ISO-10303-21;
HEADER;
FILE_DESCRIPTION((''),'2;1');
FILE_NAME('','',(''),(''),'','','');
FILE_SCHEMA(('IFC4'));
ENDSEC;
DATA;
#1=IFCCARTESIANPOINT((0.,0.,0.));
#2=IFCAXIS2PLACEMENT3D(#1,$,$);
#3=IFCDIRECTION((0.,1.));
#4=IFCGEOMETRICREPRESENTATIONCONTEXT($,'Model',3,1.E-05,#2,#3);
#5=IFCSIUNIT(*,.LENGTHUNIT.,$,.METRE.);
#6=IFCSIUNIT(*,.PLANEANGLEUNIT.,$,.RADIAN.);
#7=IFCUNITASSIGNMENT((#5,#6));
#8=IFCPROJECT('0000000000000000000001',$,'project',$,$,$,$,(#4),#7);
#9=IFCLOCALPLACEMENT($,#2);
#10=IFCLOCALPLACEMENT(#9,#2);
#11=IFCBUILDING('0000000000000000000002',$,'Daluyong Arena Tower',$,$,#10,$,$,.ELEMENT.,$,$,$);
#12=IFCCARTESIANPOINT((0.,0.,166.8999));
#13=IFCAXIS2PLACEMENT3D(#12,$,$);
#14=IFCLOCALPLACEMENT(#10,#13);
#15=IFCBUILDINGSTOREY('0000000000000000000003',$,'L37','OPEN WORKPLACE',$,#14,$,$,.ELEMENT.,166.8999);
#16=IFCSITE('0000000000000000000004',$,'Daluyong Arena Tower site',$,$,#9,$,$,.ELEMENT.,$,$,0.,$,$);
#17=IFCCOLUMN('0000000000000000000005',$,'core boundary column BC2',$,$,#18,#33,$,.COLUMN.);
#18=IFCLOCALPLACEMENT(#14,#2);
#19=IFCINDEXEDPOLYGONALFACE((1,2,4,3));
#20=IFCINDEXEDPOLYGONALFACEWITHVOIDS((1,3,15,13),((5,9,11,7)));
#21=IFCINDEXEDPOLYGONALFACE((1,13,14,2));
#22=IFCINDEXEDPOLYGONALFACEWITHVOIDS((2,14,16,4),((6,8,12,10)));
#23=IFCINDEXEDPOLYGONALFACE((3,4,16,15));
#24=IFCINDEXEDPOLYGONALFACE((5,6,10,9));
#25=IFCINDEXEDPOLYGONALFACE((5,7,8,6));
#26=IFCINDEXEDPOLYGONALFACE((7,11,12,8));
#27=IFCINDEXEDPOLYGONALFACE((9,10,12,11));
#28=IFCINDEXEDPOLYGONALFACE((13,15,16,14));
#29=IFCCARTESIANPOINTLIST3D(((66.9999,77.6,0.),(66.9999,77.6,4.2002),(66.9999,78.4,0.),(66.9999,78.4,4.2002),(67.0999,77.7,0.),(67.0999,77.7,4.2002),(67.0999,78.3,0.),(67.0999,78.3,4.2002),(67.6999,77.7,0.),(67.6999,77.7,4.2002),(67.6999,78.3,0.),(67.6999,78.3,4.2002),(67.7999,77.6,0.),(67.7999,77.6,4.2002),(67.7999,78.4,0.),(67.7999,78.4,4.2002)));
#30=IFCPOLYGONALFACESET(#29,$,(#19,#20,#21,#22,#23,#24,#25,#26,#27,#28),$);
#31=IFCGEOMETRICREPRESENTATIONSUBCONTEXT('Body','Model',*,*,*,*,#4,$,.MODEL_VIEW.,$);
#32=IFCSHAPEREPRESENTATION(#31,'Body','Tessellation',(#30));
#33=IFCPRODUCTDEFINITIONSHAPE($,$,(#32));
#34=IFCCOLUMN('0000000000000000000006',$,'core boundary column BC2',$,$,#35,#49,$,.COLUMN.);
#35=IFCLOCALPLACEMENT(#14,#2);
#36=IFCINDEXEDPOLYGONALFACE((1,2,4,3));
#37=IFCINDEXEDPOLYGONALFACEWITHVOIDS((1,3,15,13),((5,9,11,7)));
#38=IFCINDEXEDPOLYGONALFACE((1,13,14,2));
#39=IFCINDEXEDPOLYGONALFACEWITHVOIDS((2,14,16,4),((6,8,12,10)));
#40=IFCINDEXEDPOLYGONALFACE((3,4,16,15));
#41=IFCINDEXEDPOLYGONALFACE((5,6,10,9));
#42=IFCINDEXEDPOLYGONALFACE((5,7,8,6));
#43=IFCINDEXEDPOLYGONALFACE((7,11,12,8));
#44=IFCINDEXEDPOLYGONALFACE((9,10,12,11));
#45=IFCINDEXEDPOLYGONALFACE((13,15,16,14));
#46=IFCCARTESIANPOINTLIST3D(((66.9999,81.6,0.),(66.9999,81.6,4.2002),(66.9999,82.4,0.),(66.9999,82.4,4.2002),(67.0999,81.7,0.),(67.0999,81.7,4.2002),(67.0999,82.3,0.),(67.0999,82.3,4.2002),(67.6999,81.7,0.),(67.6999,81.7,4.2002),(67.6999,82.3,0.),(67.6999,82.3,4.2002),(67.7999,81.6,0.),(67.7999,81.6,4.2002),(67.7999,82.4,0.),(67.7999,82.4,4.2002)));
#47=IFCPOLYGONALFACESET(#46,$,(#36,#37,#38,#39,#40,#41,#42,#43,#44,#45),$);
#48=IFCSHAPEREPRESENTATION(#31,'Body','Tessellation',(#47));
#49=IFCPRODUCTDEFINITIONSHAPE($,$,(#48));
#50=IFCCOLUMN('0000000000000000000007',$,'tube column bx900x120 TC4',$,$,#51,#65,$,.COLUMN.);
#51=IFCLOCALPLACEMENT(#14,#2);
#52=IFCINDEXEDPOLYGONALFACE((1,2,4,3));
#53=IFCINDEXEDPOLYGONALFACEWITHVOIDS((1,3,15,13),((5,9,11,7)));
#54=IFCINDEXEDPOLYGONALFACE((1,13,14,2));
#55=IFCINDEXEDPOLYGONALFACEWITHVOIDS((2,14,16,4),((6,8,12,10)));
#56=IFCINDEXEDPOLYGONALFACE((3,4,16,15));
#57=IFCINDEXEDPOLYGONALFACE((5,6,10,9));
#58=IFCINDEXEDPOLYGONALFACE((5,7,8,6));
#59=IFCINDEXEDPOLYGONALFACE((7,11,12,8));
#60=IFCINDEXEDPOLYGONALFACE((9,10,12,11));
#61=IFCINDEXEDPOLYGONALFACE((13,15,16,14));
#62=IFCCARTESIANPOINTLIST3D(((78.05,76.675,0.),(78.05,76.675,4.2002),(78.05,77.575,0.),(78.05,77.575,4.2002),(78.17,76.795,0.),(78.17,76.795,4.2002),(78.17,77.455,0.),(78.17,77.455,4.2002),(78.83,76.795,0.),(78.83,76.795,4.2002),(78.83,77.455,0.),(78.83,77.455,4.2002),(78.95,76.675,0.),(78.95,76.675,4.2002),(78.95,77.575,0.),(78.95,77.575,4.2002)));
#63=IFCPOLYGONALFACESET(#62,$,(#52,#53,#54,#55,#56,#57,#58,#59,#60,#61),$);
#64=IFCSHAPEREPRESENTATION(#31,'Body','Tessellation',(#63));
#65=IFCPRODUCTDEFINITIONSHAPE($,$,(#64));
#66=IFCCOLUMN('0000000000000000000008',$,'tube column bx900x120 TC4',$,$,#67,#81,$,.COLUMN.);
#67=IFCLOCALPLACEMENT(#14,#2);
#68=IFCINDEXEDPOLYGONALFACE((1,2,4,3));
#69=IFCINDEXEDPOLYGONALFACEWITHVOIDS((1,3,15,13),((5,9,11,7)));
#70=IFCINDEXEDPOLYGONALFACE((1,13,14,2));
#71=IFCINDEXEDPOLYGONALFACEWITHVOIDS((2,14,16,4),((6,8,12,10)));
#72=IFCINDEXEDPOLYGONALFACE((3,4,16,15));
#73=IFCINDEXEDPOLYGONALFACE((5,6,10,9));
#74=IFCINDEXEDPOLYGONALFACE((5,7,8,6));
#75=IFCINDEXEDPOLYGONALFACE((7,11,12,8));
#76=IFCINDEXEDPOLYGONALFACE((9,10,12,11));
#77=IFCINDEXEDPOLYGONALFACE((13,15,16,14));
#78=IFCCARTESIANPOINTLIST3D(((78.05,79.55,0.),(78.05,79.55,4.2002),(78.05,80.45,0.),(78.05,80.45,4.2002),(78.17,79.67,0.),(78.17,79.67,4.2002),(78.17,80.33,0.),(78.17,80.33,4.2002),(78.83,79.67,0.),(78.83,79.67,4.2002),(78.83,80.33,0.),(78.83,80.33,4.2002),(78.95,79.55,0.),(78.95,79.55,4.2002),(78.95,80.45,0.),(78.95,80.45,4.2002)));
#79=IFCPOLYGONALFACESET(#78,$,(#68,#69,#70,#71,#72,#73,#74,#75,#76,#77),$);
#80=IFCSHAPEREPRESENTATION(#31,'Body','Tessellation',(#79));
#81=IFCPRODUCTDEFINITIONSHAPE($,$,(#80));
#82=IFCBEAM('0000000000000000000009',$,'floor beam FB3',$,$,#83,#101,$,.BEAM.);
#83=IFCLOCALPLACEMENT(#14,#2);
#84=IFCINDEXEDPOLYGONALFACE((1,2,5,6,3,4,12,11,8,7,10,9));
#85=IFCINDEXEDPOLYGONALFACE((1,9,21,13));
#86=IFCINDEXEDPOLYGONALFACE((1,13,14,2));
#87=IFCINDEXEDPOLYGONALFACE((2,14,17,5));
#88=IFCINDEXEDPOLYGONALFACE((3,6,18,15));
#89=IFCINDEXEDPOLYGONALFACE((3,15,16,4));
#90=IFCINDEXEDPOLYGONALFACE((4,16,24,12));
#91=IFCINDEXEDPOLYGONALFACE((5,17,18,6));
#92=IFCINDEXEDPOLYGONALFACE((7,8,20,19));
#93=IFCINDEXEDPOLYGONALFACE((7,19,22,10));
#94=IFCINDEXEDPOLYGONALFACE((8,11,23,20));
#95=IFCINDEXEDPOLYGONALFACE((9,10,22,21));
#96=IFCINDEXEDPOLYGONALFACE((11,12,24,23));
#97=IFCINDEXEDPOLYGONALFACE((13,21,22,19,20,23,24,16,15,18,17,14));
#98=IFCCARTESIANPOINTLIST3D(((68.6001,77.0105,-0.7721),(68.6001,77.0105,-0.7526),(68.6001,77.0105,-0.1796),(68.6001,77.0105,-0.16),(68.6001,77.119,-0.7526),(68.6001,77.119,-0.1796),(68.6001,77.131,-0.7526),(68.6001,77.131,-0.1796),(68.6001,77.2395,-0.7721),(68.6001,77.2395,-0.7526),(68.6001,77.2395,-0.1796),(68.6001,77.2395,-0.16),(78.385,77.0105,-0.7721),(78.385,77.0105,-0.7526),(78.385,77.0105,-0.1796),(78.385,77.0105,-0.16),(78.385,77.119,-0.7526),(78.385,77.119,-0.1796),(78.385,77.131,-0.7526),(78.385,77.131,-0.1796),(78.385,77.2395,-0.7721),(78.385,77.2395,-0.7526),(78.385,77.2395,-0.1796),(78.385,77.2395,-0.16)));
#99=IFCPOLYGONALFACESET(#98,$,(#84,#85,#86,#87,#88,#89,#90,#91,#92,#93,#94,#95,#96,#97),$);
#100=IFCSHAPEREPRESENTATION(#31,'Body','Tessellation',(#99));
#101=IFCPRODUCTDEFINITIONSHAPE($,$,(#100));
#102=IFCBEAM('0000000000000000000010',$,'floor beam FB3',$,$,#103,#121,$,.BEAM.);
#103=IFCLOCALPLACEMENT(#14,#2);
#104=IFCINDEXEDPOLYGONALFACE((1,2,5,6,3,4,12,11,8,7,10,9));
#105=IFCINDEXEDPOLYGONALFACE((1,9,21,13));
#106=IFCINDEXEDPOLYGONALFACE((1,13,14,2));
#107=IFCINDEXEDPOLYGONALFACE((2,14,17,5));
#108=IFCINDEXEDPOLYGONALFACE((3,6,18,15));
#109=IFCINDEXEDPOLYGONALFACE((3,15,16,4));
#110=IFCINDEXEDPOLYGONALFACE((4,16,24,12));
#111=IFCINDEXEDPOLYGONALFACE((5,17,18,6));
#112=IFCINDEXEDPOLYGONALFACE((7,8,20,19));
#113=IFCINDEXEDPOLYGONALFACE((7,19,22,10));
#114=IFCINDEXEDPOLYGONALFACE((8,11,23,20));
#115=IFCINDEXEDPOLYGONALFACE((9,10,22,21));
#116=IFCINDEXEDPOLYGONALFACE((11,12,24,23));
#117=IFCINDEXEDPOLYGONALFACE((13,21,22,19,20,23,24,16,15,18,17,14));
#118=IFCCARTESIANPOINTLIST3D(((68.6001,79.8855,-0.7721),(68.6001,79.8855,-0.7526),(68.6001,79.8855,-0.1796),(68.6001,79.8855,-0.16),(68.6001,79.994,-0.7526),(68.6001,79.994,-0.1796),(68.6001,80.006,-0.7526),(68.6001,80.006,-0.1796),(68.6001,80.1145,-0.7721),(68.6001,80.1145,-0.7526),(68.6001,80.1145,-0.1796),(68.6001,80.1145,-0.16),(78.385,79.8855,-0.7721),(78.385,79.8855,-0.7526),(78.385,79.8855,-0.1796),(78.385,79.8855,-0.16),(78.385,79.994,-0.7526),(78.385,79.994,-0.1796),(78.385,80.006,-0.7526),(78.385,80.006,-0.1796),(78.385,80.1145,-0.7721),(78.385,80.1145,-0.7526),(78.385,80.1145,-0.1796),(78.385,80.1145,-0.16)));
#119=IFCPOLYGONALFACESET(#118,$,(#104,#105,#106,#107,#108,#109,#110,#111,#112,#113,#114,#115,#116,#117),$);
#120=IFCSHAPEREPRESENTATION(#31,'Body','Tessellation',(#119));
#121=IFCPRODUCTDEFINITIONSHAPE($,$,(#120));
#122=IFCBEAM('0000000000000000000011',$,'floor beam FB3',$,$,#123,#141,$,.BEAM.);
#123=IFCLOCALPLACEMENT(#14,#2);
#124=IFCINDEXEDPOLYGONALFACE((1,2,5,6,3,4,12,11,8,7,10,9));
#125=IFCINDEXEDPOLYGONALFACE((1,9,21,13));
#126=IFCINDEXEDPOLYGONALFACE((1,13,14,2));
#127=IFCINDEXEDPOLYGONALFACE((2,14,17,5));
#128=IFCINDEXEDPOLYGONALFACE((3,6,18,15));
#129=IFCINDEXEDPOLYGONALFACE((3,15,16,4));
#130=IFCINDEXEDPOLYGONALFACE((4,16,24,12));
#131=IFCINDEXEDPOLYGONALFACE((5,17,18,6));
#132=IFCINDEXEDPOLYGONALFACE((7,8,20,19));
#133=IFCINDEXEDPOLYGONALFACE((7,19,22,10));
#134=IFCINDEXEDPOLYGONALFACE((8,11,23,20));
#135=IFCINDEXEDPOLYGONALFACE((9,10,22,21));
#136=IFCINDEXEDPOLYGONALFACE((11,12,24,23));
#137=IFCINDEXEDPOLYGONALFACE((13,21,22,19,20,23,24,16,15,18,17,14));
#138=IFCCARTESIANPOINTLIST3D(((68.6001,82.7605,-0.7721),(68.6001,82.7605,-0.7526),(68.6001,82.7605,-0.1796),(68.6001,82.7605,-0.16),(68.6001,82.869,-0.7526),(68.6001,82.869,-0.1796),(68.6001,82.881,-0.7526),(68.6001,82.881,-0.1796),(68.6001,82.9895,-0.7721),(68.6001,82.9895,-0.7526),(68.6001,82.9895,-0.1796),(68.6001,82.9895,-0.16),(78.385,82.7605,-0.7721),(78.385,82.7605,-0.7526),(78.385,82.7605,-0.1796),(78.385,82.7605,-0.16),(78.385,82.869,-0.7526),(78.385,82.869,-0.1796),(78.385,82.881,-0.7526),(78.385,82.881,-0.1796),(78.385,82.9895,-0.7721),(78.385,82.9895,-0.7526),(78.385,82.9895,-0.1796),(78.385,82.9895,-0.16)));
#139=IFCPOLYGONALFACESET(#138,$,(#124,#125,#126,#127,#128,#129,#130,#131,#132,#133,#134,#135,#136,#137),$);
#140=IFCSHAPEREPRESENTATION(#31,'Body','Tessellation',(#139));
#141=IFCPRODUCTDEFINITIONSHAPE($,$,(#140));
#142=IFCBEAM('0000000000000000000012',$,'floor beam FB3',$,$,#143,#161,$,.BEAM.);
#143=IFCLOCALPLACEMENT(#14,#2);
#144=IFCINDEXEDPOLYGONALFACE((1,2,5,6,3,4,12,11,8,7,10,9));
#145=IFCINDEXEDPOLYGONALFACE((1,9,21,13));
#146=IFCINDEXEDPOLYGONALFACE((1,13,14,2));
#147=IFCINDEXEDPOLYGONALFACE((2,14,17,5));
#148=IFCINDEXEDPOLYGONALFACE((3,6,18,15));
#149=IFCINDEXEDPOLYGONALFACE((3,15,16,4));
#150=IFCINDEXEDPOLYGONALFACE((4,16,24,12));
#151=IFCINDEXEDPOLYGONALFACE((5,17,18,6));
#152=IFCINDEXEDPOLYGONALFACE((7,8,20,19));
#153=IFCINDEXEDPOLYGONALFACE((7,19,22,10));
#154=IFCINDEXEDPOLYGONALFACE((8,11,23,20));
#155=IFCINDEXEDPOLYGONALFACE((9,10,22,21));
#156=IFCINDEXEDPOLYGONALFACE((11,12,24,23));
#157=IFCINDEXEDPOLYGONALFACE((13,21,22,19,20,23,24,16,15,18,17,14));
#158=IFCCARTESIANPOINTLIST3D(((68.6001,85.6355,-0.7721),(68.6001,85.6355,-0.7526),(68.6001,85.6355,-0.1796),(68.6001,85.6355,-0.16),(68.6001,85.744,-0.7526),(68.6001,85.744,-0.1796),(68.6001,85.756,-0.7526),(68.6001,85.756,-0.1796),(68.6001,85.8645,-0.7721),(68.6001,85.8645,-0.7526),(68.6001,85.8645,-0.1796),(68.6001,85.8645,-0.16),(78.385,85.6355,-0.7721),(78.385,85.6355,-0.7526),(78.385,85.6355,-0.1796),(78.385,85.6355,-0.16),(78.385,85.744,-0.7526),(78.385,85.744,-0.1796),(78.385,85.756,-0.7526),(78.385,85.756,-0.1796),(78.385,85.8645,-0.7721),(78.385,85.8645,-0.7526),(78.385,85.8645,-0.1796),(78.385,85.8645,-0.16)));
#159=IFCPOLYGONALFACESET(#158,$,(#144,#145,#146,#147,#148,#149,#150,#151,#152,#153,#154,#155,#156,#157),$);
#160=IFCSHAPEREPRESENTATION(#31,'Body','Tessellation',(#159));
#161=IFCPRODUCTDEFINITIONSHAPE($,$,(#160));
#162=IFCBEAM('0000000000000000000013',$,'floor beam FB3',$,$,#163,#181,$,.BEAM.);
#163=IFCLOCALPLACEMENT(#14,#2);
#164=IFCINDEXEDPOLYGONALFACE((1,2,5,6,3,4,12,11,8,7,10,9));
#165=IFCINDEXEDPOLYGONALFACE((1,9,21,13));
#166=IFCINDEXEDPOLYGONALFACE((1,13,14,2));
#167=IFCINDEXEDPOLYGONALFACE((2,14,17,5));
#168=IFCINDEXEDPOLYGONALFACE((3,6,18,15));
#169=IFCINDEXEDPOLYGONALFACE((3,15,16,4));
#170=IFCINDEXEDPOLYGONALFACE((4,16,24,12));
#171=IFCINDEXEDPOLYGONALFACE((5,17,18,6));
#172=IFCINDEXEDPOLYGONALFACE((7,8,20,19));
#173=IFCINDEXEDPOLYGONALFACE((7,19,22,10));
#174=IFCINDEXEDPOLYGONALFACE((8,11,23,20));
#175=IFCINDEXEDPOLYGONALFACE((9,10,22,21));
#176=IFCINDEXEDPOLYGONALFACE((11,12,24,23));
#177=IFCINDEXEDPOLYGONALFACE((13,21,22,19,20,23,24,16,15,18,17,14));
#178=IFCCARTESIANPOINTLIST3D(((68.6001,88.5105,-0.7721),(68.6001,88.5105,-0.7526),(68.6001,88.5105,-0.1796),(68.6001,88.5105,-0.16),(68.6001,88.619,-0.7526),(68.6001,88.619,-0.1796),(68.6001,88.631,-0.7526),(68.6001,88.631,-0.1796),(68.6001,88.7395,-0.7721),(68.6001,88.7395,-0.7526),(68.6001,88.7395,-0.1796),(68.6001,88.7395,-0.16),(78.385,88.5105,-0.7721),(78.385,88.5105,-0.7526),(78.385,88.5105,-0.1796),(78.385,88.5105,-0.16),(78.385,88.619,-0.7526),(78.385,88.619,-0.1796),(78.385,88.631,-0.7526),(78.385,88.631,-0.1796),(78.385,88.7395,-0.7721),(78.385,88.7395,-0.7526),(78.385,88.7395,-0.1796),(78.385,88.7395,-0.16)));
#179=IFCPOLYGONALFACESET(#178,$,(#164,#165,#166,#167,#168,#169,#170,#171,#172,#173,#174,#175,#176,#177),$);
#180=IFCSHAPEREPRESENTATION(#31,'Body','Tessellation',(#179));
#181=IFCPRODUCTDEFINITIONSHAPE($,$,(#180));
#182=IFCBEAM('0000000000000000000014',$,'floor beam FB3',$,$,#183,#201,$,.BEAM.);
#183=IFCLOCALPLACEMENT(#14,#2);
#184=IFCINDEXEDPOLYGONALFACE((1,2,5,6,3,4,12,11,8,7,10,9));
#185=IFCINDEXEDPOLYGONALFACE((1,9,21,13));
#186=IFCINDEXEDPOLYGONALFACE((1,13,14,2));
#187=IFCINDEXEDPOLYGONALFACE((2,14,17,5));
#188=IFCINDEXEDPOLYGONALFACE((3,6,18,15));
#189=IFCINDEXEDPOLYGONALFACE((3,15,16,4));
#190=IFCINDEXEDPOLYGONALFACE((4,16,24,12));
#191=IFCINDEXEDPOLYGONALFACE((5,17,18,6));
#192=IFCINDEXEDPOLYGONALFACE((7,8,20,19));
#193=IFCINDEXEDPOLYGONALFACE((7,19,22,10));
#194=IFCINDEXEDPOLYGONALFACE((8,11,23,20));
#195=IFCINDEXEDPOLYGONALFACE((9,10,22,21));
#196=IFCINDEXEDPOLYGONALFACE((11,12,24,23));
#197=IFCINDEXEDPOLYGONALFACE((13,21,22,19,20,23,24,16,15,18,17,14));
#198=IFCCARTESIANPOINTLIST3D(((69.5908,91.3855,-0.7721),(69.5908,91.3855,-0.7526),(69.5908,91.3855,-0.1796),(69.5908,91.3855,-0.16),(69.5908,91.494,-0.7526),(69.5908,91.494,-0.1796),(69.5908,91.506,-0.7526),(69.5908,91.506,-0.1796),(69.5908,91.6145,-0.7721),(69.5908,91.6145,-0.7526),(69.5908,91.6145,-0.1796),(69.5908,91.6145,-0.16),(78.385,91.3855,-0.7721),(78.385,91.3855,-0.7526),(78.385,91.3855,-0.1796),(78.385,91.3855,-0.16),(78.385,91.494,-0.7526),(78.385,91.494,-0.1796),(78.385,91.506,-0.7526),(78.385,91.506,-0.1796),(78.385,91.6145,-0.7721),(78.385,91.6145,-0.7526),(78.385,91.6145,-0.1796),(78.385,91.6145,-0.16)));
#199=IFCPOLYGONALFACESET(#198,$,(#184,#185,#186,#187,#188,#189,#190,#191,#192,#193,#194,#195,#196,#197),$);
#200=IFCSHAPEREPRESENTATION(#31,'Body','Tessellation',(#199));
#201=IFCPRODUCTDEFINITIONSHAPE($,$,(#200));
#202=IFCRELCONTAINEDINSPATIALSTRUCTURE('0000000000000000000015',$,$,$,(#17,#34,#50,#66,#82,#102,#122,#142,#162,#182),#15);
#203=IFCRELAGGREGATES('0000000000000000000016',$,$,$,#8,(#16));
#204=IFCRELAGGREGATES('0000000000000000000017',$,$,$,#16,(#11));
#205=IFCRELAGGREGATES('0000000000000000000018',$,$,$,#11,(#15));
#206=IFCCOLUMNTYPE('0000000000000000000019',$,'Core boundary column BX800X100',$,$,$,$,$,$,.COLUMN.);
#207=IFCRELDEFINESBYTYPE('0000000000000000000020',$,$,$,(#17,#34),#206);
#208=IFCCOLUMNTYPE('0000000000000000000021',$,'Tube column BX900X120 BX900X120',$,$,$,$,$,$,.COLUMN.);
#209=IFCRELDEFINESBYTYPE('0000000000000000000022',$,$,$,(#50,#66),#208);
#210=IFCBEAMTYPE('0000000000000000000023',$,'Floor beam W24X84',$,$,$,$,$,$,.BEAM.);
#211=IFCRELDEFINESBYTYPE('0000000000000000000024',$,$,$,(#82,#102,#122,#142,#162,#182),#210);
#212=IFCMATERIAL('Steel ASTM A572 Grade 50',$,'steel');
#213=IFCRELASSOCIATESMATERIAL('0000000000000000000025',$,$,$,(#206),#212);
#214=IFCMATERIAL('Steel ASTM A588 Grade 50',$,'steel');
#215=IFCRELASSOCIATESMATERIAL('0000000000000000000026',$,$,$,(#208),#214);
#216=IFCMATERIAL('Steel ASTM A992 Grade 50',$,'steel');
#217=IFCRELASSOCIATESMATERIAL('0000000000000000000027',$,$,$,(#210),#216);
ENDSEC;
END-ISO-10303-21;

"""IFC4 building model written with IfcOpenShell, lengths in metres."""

from ifc_helpers import new_model, si_unit, direction, frame, origin, origin_2d, place, context, subcontext, project, spatial, hollow_rectangle, i_section, extrude, material, material_profile, profile_set, type_object, element, save


model = new_model("IFC4")

# Units and contexts
model_context = context("Model", 3, precision=1e-05, world=origin(), true_north=direction((0.0, 1.0)))
body_context = subcontext(model_context, "Body", "Model", "MODEL_VIEW")
ifc_project = project(units=[si_unit("LENGTHUNIT", "METRE"), si_unit("PLANEANGLEUNIT", "RADIAN")], contexts=[model_context])

# Site, building, storey
site_placement = place(None, origin())
site = spatial("IfcSite", under=ifc_project, at=site_placement, Name="Daluyong Arena Tower site", CompositionType="ELEMENT", RefElevation=0.0)
building_placement = place(site_placement, origin())
building = spatial("IfcBuilding", under=site, at=building_placement, Name="Daluyong Arena Tower", CompositionType="ELEMENT")
storey_placement = place(building_placement, frame((0.0, 0.0, 166.8999)))
storey = spatial("IfcBuildingStorey", under=building, at=storey_placement, Name="L37", Description="OPEN WORKPLACE", CompositionType="ELEMENT", Elevation=166.8999)

# Columns
ifc_material_1 = material(Name="Steel ASTM A572 Grade 50", Category="steel")
ifc_material_profile_1 = material_profile(ifc_material_1, hollow_rectangle(XDim=0.8, YDim=0.8, WallThickness=0.1, at=origin_2d()))
ifc_profile_set_1 = profile_set([ifc_material_profile_1], Name="Steel ASTM A572 Grade 50")
column_type_1 = type_object("IfcColumnType", Name="Core boundary column BX800X100", PredefinedType="COLUMN", material=ifc_profile_set_1)
for number, where, z_axis, x_axis, name in (
    (1, (67.3999, 78.0, 0.0), (0.0, 0.0, 1.0), (1.0, 0.0, 0.0), "core boundary column BC2"),
    (2, (67.3999, 82.0, 0.0), (0.0, 0.0, 1.0), (1.0, 0.0, 0.0), "core boundary column BC2"),
):
    element("IfcColumn", number, at=place(storey_placement, frame(where, z_axis=z_axis, x_axis=x_axis)), inside=storey, type_object=column_type_1, Name=name, PredefinedType="COLUMN", context=body_context, shape_type="SweptSolid", body=[
        extrude(hollow_rectangle(XDim=0.8, YDim=0.8, WallThickness=0.1, at=origin_2d()), origin(), (0.0, 0.0, 1.0), 4.2002),
    ])
ifc_material_2 = material(Name="Steel ASTM A588 Grade 50", Category="steel")
ifc_material_profile_2 = material_profile(ifc_material_2, hollow_rectangle(XDim=0.8999, YDim=0.8999, WallThickness=0.12, at=origin_2d()))
ifc_profile_set_2 = profile_set([ifc_material_profile_2], Name="Steel ASTM A588 Grade 50")
column_type_2 = type_object("IfcColumnType", Name="Tube column BX900X120 BX900X120", PredefinedType="COLUMN", material=ifc_profile_set_2)
for number, where, z_axis, x_axis, name in (
    (3, (78.5, 77.125, 0.0), (0.0, 0.0, 1.0), (0.0, 1.0, 0.0), "tube column bx900x120 TC4"),
    (4, (78.5, 80.0, 0.0), (0.0, 0.0, 1.0), (0.0, 1.0, 0.0), "tube column bx900x120 TC4"),
):
    element("IfcColumn", number, at=place(storey_placement, frame(where, z_axis=z_axis, x_axis=x_axis)), inside=storey, type_object=column_type_2, Name=name, PredefinedType="COLUMN", context=body_context, shape_type="SweptSolid", body=[
        extrude(hollow_rectangle(XDim=0.8999, YDim=0.8999, WallThickness=0.12, at=origin_2d()), origin(), (0.0, 0.0, 1.0), 4.2002),
    ])

# Beams
ifc_material_3 = material(Name="Steel ASTM A992 Grade 50", Category="steel")
ifc_material_profile_3 = material_profile(ifc_material_3, i_section(OverallWidth=0.229, OverallDepth=0.6121, WebThickness=0.012, FlangeThickness=0.0195, at=origin_2d()))
ifc_profile_set_3 = profile_set([ifc_material_profile_3], Name="Steel ASTM A992 Grade 50")
beam_type_1 = type_object("IfcBeamType", Name="Floor beam W24X84", PredefinedType="BEAM", material=ifc_profile_set_3)
for number, where, z_axis, x_axis, name in (
    (5, (78.385, 77.125, -0.4661), (-1.0, 0.0, 0.0), (0.0, -1.0, 0.0), "floor beam FB3"),
    (6, (78.385, 80.0, -0.4661), (-1.0, 0.0, 0.0), (0.0, -1.0, 0.0), "floor beam FB3"),
    (7, (78.385, 82.875, -0.4661), (-1.0, 0.0, 0.0), (0.0, -1.0, 0.0), "floor beam FB3"),
    (8, (78.385, 85.75, -0.4661), (-1.0, 0.0, 0.0), (0.0, -1.0, 0.0), "floor beam FB3"),
    (9, (78.385, 88.625, -0.4661), (-1.0, 0.0, 0.0), (0.0, -1.0, 0.0), "floor beam FB3"),
):
    element("IfcBeam", number, at=place(storey_placement, frame(where, z_axis=z_axis, x_axis=x_axis)), inside=storey, type_object=beam_type_1, Name=name, PredefinedType="BEAM", context=body_context, shape_type="SweptSolid", body=[
        extrude(i_section(OverallWidth=0.229, OverallDepth=0.6121, WebThickness=0.012, FlangeThickness=0.0195, at=origin_2d()), origin(), (0.0, 0.0, 1.0), 9.7849),
    ])
beam_1_placement = place(storey_placement, frame((78.385, 91.5, -0.4661), z_axis=(-1.0, 0.0, 0.0), x_axis=(0.0, -1.0, 0.0)))
element("IfcBeam", 10, at=beam_1_placement, inside=storey, type_object=beam_type_1, Name="floor beam FB3", PredefinedType="BEAM", context=body_context, shape_type="SweptSolid", body=[
    extrude(i_section(OverallWidth=0.229, OverallDepth=0.6121, WebThickness=0.012, FlangeThickness=0.0195, at=origin_2d()), origin(), (0.0, 0.0, 1.0), 8.7942),
])

save(model, "model.ifc")
